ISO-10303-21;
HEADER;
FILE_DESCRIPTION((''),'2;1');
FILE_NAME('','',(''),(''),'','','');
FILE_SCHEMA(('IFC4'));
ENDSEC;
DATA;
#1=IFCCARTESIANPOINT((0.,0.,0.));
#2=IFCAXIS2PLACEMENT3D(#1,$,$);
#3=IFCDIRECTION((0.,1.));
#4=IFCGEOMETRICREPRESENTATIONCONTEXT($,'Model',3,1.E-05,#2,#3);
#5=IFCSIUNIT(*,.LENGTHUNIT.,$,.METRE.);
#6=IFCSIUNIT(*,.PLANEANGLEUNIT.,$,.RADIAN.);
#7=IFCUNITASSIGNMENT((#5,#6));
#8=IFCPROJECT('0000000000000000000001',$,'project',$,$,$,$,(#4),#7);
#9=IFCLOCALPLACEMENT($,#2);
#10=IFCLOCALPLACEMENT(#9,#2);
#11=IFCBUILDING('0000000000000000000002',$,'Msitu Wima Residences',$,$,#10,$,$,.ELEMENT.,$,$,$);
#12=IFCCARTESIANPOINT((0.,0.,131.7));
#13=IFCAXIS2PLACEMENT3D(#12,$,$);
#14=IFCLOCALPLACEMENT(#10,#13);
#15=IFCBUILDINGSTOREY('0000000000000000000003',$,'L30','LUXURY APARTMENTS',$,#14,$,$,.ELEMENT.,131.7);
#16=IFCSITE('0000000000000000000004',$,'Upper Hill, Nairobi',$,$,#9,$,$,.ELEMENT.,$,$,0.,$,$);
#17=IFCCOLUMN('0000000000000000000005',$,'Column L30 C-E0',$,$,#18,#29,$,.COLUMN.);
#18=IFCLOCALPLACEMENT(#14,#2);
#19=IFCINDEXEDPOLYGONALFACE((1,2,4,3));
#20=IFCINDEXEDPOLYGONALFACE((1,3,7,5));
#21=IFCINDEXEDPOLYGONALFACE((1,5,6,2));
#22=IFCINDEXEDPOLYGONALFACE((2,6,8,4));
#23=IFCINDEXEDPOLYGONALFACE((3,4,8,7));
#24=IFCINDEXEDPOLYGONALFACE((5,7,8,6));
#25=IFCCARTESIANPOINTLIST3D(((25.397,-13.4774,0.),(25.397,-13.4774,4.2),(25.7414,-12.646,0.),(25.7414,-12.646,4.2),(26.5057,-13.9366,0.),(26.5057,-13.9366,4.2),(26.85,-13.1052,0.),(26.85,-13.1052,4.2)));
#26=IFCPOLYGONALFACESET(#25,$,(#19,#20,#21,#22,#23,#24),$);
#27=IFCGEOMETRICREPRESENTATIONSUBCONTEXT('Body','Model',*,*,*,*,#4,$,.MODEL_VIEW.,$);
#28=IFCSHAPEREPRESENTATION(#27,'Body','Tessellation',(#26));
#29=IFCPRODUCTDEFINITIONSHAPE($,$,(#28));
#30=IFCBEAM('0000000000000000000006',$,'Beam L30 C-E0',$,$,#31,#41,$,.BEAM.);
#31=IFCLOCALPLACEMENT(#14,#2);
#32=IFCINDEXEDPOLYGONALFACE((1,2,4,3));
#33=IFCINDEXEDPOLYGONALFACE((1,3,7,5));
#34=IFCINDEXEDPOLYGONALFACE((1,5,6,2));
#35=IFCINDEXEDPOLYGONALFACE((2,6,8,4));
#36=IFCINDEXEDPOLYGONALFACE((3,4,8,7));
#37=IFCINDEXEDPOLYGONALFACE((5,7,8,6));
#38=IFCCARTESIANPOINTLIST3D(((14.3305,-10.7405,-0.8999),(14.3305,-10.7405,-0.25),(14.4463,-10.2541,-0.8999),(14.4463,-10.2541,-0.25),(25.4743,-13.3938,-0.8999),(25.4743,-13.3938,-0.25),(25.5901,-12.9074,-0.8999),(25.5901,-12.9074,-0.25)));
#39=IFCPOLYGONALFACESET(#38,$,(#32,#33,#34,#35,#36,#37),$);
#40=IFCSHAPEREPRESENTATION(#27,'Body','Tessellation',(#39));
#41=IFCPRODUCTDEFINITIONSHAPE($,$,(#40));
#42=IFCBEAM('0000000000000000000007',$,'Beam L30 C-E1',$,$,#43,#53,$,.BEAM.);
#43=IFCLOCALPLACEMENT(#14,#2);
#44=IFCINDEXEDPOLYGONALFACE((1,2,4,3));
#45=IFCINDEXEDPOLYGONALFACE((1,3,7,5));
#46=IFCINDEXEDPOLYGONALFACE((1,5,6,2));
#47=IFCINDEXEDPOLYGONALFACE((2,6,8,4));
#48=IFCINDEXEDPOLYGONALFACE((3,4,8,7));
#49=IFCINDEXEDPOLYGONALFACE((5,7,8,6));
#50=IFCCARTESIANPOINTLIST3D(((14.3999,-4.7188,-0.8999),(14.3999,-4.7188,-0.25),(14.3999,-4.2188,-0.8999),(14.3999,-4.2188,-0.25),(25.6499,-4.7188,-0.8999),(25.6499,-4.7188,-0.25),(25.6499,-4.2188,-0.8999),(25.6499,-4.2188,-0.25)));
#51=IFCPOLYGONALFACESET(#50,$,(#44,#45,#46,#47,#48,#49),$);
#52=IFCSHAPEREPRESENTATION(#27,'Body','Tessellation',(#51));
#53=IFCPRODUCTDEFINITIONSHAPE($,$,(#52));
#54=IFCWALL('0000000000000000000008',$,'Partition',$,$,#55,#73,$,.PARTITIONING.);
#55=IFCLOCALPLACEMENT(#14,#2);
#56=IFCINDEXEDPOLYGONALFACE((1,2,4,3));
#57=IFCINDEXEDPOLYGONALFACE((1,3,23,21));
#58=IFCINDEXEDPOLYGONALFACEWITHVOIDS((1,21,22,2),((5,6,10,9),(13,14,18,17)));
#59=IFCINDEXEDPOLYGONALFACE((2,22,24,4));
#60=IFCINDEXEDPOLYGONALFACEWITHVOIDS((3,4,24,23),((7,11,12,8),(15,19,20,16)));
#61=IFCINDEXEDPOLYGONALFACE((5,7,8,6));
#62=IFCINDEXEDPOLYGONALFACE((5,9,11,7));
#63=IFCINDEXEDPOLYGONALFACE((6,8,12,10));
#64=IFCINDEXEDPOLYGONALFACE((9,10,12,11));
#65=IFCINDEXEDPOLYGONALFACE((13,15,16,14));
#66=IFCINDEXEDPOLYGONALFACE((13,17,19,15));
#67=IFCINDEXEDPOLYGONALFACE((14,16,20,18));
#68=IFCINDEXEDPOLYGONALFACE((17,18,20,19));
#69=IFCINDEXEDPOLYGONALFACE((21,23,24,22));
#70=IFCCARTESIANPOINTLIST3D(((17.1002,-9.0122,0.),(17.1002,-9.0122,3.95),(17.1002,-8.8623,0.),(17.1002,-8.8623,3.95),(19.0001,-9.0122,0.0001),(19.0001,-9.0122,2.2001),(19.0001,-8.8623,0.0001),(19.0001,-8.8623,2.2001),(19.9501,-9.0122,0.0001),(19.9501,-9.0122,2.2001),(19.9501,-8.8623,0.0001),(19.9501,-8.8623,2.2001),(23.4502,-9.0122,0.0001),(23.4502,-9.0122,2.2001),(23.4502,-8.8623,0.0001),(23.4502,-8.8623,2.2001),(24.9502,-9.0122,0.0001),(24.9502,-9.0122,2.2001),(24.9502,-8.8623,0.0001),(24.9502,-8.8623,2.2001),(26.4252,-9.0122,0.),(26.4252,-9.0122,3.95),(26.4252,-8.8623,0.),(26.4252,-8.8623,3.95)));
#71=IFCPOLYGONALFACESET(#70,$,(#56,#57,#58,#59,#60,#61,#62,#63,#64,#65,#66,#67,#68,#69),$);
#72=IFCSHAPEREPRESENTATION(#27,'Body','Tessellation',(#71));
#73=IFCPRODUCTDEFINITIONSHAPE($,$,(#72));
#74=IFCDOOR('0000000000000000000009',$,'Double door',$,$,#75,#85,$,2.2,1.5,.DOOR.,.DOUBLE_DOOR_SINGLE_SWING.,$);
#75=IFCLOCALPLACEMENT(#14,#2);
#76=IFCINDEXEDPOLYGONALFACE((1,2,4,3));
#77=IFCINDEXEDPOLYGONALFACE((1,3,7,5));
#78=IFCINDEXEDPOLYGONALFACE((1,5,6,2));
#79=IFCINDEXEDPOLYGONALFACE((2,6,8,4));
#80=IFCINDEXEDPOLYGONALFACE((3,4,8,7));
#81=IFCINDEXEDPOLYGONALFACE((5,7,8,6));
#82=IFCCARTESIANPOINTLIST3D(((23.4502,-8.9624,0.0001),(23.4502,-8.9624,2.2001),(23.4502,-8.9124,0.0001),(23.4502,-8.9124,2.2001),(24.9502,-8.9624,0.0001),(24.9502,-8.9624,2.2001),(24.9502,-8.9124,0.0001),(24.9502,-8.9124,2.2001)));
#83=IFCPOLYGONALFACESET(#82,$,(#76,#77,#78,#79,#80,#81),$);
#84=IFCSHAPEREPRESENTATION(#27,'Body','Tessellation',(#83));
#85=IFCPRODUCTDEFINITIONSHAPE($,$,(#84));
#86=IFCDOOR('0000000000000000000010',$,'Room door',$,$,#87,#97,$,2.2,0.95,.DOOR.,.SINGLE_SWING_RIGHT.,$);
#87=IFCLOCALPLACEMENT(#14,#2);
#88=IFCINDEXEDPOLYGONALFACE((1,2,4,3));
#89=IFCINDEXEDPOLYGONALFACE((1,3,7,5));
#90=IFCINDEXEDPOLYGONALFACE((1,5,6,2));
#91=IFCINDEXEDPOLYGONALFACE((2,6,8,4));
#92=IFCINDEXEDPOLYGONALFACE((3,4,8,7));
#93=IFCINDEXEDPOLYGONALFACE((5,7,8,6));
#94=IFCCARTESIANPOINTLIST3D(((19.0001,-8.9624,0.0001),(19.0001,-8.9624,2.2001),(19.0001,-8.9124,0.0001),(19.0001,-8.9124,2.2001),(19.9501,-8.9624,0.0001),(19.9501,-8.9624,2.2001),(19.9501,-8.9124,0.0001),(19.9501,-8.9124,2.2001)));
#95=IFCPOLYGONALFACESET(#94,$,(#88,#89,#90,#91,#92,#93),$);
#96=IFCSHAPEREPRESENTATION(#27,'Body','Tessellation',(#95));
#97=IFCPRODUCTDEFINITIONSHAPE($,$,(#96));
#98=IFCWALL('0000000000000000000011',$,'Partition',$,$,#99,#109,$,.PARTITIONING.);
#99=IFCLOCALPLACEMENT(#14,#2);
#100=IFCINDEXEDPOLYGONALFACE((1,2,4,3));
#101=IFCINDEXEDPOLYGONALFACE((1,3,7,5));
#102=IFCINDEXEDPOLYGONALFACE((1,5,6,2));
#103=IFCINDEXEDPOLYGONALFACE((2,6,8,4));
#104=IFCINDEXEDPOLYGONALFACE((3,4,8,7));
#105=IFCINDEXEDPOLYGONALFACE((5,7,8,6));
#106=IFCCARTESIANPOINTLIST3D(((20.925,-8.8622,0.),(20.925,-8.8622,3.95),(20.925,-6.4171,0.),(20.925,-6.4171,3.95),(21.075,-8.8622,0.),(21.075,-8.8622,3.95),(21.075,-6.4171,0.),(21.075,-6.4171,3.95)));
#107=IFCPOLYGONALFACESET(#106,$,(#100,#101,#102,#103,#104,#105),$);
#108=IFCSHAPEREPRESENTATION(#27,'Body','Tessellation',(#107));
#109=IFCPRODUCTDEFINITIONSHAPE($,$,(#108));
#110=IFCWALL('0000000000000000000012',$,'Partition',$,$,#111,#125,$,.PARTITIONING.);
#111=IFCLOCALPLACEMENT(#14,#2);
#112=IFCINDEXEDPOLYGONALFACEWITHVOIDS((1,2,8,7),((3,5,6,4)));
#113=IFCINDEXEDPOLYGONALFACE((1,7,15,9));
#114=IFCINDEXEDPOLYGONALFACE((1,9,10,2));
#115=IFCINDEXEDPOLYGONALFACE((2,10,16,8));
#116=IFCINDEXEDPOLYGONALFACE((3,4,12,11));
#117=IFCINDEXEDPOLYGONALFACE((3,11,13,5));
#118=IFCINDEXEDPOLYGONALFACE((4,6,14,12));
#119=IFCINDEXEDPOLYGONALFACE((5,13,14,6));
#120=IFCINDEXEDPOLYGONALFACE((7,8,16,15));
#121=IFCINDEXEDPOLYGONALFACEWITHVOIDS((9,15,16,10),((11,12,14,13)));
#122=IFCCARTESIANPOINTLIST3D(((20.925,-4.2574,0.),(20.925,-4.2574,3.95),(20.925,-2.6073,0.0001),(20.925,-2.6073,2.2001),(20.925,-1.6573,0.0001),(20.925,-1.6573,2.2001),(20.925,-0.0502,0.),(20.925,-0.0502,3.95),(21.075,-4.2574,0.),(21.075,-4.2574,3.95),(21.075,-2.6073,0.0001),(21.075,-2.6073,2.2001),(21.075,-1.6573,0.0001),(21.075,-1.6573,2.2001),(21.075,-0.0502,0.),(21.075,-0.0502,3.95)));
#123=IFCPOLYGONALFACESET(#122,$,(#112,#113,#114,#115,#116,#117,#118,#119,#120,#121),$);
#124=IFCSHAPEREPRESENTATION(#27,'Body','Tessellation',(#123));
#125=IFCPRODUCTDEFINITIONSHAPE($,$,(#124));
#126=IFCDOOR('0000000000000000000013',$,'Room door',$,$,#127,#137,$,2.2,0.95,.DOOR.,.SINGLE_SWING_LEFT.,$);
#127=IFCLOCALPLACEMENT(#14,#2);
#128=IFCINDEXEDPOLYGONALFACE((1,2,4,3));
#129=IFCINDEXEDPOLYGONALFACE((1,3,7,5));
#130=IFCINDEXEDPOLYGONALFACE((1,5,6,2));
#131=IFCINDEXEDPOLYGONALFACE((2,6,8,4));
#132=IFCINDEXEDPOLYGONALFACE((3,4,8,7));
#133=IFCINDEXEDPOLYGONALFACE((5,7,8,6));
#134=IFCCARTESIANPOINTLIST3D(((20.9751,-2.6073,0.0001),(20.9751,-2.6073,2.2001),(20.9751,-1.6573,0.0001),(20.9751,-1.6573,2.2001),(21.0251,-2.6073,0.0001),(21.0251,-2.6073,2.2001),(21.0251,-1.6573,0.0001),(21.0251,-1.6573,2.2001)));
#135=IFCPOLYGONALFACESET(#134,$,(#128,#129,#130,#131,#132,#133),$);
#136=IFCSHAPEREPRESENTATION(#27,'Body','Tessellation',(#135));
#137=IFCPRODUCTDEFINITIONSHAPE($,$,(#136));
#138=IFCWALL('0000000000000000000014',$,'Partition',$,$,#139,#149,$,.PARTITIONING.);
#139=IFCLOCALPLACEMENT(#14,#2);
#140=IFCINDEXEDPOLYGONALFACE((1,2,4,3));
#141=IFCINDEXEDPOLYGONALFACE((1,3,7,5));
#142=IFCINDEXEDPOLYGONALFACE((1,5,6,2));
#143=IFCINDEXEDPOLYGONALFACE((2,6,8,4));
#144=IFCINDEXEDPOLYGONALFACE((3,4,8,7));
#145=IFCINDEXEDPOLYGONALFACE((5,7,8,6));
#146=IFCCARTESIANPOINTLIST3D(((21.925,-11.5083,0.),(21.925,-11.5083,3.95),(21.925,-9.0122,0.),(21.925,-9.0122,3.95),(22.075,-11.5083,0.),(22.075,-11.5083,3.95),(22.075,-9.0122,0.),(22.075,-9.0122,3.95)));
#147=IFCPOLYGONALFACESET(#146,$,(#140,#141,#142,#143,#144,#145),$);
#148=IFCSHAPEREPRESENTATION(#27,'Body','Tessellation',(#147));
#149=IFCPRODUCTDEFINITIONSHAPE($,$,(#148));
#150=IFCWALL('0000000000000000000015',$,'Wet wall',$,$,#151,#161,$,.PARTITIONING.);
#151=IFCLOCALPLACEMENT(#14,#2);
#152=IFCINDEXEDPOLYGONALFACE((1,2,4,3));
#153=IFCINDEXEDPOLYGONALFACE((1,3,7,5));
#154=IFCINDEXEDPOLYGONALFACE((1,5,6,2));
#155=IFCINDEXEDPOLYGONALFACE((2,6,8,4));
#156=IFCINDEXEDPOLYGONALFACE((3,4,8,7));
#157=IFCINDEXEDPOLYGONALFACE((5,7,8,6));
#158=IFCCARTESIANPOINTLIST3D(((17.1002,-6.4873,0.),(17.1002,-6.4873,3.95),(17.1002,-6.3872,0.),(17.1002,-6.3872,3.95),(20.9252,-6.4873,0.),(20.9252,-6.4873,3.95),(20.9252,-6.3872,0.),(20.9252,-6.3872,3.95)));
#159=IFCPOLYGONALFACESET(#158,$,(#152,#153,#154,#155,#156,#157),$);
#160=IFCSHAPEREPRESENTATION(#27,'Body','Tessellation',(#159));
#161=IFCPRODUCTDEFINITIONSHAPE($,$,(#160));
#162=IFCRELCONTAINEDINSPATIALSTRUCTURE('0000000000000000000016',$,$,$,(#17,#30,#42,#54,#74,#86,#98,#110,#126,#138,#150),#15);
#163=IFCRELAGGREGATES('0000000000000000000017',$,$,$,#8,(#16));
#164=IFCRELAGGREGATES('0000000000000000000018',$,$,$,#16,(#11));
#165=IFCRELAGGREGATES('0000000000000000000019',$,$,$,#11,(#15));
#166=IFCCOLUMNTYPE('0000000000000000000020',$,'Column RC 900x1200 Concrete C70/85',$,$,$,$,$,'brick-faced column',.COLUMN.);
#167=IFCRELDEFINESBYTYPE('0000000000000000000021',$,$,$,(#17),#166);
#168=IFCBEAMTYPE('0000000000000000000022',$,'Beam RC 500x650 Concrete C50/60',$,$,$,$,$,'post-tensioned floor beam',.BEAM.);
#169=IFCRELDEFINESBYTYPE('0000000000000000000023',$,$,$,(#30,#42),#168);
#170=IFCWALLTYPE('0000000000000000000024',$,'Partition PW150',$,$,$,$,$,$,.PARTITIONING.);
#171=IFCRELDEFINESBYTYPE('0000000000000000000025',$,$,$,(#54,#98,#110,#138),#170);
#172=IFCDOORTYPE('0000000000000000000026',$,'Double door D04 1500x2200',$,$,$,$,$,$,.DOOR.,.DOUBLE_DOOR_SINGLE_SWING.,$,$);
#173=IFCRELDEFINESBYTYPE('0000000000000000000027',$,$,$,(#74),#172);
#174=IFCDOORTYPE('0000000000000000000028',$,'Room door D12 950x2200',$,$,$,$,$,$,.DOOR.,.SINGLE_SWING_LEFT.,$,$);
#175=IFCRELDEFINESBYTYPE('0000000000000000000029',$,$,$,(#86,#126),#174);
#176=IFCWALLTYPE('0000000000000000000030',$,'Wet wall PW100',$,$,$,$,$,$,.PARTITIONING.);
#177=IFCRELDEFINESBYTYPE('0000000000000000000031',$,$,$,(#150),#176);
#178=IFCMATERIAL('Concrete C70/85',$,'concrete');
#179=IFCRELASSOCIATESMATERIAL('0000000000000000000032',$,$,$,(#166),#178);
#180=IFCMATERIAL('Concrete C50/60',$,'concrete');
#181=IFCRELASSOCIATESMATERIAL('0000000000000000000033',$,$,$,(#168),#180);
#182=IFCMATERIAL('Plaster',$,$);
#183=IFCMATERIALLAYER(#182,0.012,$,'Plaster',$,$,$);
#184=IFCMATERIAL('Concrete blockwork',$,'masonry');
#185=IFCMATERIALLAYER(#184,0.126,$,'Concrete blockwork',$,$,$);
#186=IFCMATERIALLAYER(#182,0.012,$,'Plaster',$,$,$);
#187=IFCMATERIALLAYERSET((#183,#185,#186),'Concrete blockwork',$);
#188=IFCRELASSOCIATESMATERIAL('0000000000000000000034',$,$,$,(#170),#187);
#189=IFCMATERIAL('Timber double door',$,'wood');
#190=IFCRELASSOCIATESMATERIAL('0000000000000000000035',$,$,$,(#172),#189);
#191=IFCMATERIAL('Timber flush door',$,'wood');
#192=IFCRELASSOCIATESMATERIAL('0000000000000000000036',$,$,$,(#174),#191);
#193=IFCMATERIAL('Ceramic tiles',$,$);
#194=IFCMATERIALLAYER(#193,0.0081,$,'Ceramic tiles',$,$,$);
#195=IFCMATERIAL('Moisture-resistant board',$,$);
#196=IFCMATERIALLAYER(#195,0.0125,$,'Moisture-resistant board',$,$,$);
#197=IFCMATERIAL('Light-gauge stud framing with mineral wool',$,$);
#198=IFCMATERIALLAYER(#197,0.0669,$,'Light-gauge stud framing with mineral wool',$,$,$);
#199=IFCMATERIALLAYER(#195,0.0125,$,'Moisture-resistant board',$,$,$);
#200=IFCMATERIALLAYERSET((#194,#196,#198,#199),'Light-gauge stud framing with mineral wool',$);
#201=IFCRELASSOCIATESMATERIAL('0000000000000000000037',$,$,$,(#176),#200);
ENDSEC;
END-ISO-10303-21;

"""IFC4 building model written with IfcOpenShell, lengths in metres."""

from ifc_helpers import new_model, si_unit, direction, frame, frame_2d, origin, origin_2d, place, context, subcontext, project, spatial, rectangle, extrude, material, layer, layer_set, material_profile, profile_set, type_object, element, fill, save


model = new_model("IFC4")

# Units and contexts
model_context = context("Model", 3, precision=1e-05, world=origin(), true_north=direction((0.0, 1.0)))
body_context = subcontext(model_context, "Body", "Model", "MODEL_VIEW")
ifc_project = project(units=[si_unit("LENGTHUNIT", "METRE"), si_unit("PLANEANGLEUNIT", "RADIAN")], contexts=[model_context])

# Site, building, storey
site_placement = place(None, origin())
site = spatial("IfcSite", under=ifc_project, at=site_placement, Name="Upper Hill, Nairobi", CompositionType="ELEMENT", RefElevation=0.0)
building_placement = place(site_placement, origin())
building = spatial("IfcBuilding", under=site, at=building_placement, Name="Msitu Wima Residences", CompositionType="ELEMENT")
storey_placement = place(building_placement, frame((0.0, 0.0, 131.7)))
storey = spatial("IfcBuildingStorey", under=building, at=storey_placement, Name="L30", Description="LUXURY APARTMENTS", CompositionType="ELEMENT", Elevation=131.7)

# Column
ifc_material_1 = material(Name="Concrete C70/85", Category="concrete")
ifc_material_profile_1 = material_profile(ifc_material_1, rectangle(XDim=0.8999, YDim=1.2, at=origin_2d()), Name="RC 900x1200")
ifc_profile_set_1 = profile_set([ifc_material_profile_1], Name="Concrete C70/85")
column_type = type_object("IfcColumnType", Name="Column RC 900x1200 Concrete C70/85", ElementType="brick-faced column", PredefinedType="COLUMN", material=ifc_profile_set_1)
column_placement = place(storey_placement, frame((26.1235, -13.2913, 0.0), z_axis=(0.0, 0.0, 1.0), x_axis=(0.382683, 0.92388, 0.0)))
element("IfcColumn", 1, at=column_placement, inside=storey, type_object=column_type, Name="Column L30 C-E0", PredefinedType="COLUMN", context=body_context, shape_type="SweptSolid", body=[
    extrude(rectangle(XDim=0.8999, YDim=1.2, at=origin_2d()), origin(), (0.0, 0.0, 1.0), 4.2),
])

# Beams
ifc_material_2 = material(Name="Concrete C50/60", Category="concrete")
ifc_material_profile_2 = material_profile(ifc_material_2, rectangle(XDim=0.5, YDim=0.6499, at=origin_2d()), Name="RC 500x650")
ifc_profile_set_2 = profile_set([ifc_material_profile_2], Name="Concrete C50/60")
beam_type = type_object("IfcBeamType", Name="Beam RC 500x650 Concrete C50/60", ElementType="post-tensioned floor beam", PredefinedType="BEAM", material=ifc_profile_set_2)
beam_1_placement = place(storey_placement, frame((25.5322, -13.1506, -0.575), z_axis=(-0.972806, 0.231623, 0.0), x_axis=(-0.231623, -0.972806, 0.0)))
element("IfcBeam", 2, at=beam_1_placement, inside=storey, type_object=beam_type, Name="Beam L30 C-E0", PredefinedType="BEAM", context=body_context, shape_type="SweptSolid", body=[
    extrude(rectangle(XDim=0.5, YDim=0.6499, at=origin_2d()), origin(), (0.0, 0.0, 1.0), 11.4553),
])
beam_2_placement = place(storey_placement, frame((25.6499, -4.4688, -0.575), z_axis=(-1.0, 0.0, 0.0), x_axis=(0.0, -1.0, 0.0)))
element("IfcBeam", 3, at=beam_2_placement, inside=storey, type_object=beam_type, Name="Beam L30 C-E1", PredefinedType="BEAM", context=body_context, shape_type="SweptSolid", body=[
    extrude(rectangle(XDim=0.5, YDim=0.6499, at=origin_2d()), origin(), (0.0, 0.0, 1.0), 11.25),
])

# Wall, openings, doors
ifc_material_3 = material(Name="Plaster")
ifc_layer_1 = layer(ifc_material_3, 0.012, Name="Plaster")
ifc_material_4 = material(Name="Concrete blockwork", Category="masonry")
ifc_layer_2 = layer(ifc_material_4, 0.126, Name="Concrete blockwork")
ifc_layer_3 = layer(ifc_material_3, 0.012, Name="Plaster")
ifc_layer_set_1 = layer_set([ifc_layer_1, ifc_layer_2, ifc_layer_3], Name="Concrete blockwork")
wall_type_1 = type_object("IfcWallType", Name="Partition PW150", PredefinedType="PARTITIONING", material=ifc_layer_set_1)
wall_1_placement = place(storey_placement, frame((17.1001, -8.9373, 0.0), z_axis=(0.0, 0.0, 1.0), x_axis=(1.0, 0.0, 0.0)))
wall_1 = element("IfcWall", 4, at=wall_1_placement, inside=storey, type_object=wall_type_1, Name="Partition", PredefinedType="PARTITIONING", context=body_context, shape_type="SweptSolid", body=[
    extrude(rectangle(XDim=9.325, YDim=0.1499, at=frame_2d((4.6626, 0.0))), origin(), (0.0, 0.0, 1.0), 3.95),
])
opening_1_placement = place(wall_1_placement, frame((6.3501, 0.0, 0.0)))
opening_1 = element("IfcOpeningElement", 5, at=opening_1_placement, cuts=wall_1, PredefinedType="OPENING", context=body_context, shape_type="SweptSolid", body=[
    extrude(rectangle(XDim=1.5, YDim=2.2, at=frame_2d((0.75, 1.1001))), frame((0.0, 0.085, 0.0), z_axis=(0.0, -1.0, 0.0), x_axis=(1.0, 0.0, 0.0)), (0.0, 0.0, 1.0), 0.1699),
])
opening_2_placement = place(wall_1_placement, frame((1.8999, 0.0, 0.0)))
opening_2 = element("IfcOpeningElement", 6, at=opening_2_placement, cuts=wall_1, PredefinedType="OPENING", context=body_context, shape_type="SweptSolid", body=[
    extrude(rectangle(XDim=0.95, YDim=2.2, at=frame_2d((0.4751, 1.1001))), frame((0.0, 0.085, 0.0), z_axis=(0.0, -1.0, 0.0), x_axis=(1.0, 0.0, 0.0)), (0.0, 0.0, 1.0), 0.1699),
])
ifc_material_5 = material(Name="Timber double door", Category="wood")
door_type_1 = type_object("IfcDoorType", Name="Double door D04 1500x2200", OperationType="DOUBLE_DOOR_SINGLE_SWING", PredefinedType="DOOR", material=ifc_material_5)
door_1_placement = place(opening_1_placement, origin())
door_1 = element("IfcDoor", 7, at=door_1_placement, inside=storey, type_object=door_type_1, Name="Double door", OperationType="DOUBLE_DOOR_SINGLE_SWING", OverallHeight=2.2, OverallWidth=1.5, PredefinedType="DOOR", context=body_context, shape_type="SweptSolid", body=[
    extrude(rectangle(XDim=1.5, YDim=2.2, at=frame_2d((0.75, 1.1001))), frame((0.0, 0.0249, 0.0), z_axis=(0.0, -1.0, 0.0), x_axis=(1.0, 0.0, 0.0)), (0.0, 0.0, 1.0), 0.05),
])
fill(opening_1, door_1)
ifc_material_6 = material(Name="Timber flush door", Category="wood")
door_type_2 = type_object("IfcDoorType", Name="Room door D12 950x2200", OperationType="SINGLE_SWING_LEFT", PredefinedType="DOOR", material=ifc_material_6)
door_2_placement = place(opening_2_placement, origin())
door_2 = element("IfcDoor", 8, at=door_2_placement, inside=storey, type_object=door_type_2, Name="Room door", OperationType="SINGLE_SWING_RIGHT", OverallHeight=2.2, OverallWidth=0.95, PredefinedType="DOOR", context=body_context, shape_type="SweptSolid", body=[
    extrude(rectangle(XDim=0.95, YDim=2.2, at=frame_2d((0.4751, 1.1001))), frame((0.0, 0.0249, 0.0), z_axis=(0.0, -1.0, 0.0), x_axis=(1.0, 0.0, 0.0)), (0.0, 0.0, 1.0), 0.05),
])
fill(opening_2, door_2)

# Wall
wall_2_placement = place(storey_placement, frame((21.0, -8.8623, 0.0), z_axis=(0.0, 0.0, 1.0), x_axis=(0.0, 1.0, 0.0)))
element("IfcWall", 9, at=wall_2_placement, inside=storey, type_object=wall_type_1, Name="Partition", PredefinedType="PARTITIONING", context=body_context, shape_type="SweptSolid", body=[
    extrude(rectangle(XDim=2.4451, YDim=0.1499, at=frame_2d((1.2227, 0.0))), origin(), (0.0, 0.0, 1.0), 3.95),
])

# Wall, opening, door
wall_3_placement = place(storey_placement, frame((21.0, -4.2573, 0.0), z_axis=(0.0, 0.0, 1.0), x_axis=(0.0, 1.0, 0.0)))
wall_3 = element("IfcWall", 10, at=wall_3_placement, inside=storey, type_object=wall_type_1, Name="Partition", PredefinedType="PARTITIONING", context=body_context, shape_type="SweptSolid", body=[
    extrude(rectangle(XDim=4.2073, YDim=0.1499, at=frame_2d((2.1035, 0.0))), origin(), (0.0, 0.0, 1.0), 3.95),
])
opening_3_placement = place(wall_3_placement, frame((1.6499, 0.0, 0.0)))
opening_3 = element("IfcOpeningElement", 11, at=opening_3_placement, cuts=wall_3, PredefinedType="OPENING", context=body_context, shape_type="SweptSolid", body=[
    extrude(rectangle(XDim=0.95, YDim=2.2, at=frame_2d((0.4751, 1.1001))), frame((0.0, 0.085, 0.0), z_axis=(0.0, -1.0, 0.0), x_axis=(1.0, 0.0, 0.0)), (0.0, 0.0, 1.0), 0.1699),
])
door_3_placement = place(opening_3_placement, origin())
door_3 = element("IfcDoor", 12, at=door_3_placement, inside=storey, type_object=door_type_2, Name="Room door", OperationType="SINGLE_SWING_LEFT", OverallHeight=2.2, OverallWidth=0.95, PredefinedType="DOOR", context=body_context, shape_type="SweptSolid", body=[
    extrude(rectangle(XDim=0.95, YDim=2.2, at=frame_2d((0.4751, 1.1001))), frame((0.0, 0.0249, 0.0), z_axis=(0.0, -1.0, 0.0), x_axis=(1.0, 0.0, 0.0)), (0.0, 0.0, 1.0), 0.05),
])
fill(opening_3, door_3)

# Walls
wall_4_placement = place(storey_placement, frame((22.0, -11.5083, 0.0), z_axis=(0.0, 0.0, 1.0), x_axis=(0.0, 1.0, 0.0)))
element("IfcWall", 13, at=wall_4_placement, inside=storey, type_object=wall_type_1, Name="Partition", PredefinedType="PARTITIONING", context=body_context, shape_type="SweptSolid", body=[
    extrude(rectangle(XDim=2.4961, YDim=0.1499, at=frame_2d((1.248, 0.0))), origin(), (0.0, 0.0, 1.0), 3.95),
])
ifc_material_7 = material(Name="Ceramic tiles")
ifc_layer_4 = layer(ifc_material_7, 0.0081, Name="Ceramic tiles")
ifc_material_8 = material(Name="Moisture-resistant board")
ifc_layer_5 = layer(ifc_material_8, 0.0125, Name="Moisture-resistant board")
ifc_material_9 = material(Name="Light-gauge stud framing with mineral wool")
ifc_layer_6 = layer(ifc_material_9, 0.0669, Name="Light-gauge stud framing with mineral wool")
ifc_layer_7 = layer(ifc_material_8, 0.0125, Name="Moisture-resistant board")
ifc_layer_set_2 = layer_set([ifc_layer_4, ifc_layer_5, ifc_layer_6, ifc_layer_7], Name="Light-gauge stud framing with mineral wool")
wall_type_2 = type_object("IfcWallType", Name="Wet wall PW100", PredefinedType="PARTITIONING", material=ifc_layer_set_2)
wall_5_placement = place(storey_placement, frame((17.1001, -6.4373, 0.0), z_axis=(0.0, 0.0, 1.0), x_axis=(1.0, 0.0, 0.0)))
element("IfcWall", 14, at=wall_5_placement, inside=storey, type_object=wall_type_2, Name="Wet wall", PredefinedType="PARTITIONING", context=body_context, shape_type="SweptSolid", body=[
    extrude(rectangle(XDim=3.825, YDim=0.1001, at=frame_2d((1.9126, 0.0))), origin(), (0.0, 0.0, 1.0), 3.95),
])

save(model, "model.ifc")
